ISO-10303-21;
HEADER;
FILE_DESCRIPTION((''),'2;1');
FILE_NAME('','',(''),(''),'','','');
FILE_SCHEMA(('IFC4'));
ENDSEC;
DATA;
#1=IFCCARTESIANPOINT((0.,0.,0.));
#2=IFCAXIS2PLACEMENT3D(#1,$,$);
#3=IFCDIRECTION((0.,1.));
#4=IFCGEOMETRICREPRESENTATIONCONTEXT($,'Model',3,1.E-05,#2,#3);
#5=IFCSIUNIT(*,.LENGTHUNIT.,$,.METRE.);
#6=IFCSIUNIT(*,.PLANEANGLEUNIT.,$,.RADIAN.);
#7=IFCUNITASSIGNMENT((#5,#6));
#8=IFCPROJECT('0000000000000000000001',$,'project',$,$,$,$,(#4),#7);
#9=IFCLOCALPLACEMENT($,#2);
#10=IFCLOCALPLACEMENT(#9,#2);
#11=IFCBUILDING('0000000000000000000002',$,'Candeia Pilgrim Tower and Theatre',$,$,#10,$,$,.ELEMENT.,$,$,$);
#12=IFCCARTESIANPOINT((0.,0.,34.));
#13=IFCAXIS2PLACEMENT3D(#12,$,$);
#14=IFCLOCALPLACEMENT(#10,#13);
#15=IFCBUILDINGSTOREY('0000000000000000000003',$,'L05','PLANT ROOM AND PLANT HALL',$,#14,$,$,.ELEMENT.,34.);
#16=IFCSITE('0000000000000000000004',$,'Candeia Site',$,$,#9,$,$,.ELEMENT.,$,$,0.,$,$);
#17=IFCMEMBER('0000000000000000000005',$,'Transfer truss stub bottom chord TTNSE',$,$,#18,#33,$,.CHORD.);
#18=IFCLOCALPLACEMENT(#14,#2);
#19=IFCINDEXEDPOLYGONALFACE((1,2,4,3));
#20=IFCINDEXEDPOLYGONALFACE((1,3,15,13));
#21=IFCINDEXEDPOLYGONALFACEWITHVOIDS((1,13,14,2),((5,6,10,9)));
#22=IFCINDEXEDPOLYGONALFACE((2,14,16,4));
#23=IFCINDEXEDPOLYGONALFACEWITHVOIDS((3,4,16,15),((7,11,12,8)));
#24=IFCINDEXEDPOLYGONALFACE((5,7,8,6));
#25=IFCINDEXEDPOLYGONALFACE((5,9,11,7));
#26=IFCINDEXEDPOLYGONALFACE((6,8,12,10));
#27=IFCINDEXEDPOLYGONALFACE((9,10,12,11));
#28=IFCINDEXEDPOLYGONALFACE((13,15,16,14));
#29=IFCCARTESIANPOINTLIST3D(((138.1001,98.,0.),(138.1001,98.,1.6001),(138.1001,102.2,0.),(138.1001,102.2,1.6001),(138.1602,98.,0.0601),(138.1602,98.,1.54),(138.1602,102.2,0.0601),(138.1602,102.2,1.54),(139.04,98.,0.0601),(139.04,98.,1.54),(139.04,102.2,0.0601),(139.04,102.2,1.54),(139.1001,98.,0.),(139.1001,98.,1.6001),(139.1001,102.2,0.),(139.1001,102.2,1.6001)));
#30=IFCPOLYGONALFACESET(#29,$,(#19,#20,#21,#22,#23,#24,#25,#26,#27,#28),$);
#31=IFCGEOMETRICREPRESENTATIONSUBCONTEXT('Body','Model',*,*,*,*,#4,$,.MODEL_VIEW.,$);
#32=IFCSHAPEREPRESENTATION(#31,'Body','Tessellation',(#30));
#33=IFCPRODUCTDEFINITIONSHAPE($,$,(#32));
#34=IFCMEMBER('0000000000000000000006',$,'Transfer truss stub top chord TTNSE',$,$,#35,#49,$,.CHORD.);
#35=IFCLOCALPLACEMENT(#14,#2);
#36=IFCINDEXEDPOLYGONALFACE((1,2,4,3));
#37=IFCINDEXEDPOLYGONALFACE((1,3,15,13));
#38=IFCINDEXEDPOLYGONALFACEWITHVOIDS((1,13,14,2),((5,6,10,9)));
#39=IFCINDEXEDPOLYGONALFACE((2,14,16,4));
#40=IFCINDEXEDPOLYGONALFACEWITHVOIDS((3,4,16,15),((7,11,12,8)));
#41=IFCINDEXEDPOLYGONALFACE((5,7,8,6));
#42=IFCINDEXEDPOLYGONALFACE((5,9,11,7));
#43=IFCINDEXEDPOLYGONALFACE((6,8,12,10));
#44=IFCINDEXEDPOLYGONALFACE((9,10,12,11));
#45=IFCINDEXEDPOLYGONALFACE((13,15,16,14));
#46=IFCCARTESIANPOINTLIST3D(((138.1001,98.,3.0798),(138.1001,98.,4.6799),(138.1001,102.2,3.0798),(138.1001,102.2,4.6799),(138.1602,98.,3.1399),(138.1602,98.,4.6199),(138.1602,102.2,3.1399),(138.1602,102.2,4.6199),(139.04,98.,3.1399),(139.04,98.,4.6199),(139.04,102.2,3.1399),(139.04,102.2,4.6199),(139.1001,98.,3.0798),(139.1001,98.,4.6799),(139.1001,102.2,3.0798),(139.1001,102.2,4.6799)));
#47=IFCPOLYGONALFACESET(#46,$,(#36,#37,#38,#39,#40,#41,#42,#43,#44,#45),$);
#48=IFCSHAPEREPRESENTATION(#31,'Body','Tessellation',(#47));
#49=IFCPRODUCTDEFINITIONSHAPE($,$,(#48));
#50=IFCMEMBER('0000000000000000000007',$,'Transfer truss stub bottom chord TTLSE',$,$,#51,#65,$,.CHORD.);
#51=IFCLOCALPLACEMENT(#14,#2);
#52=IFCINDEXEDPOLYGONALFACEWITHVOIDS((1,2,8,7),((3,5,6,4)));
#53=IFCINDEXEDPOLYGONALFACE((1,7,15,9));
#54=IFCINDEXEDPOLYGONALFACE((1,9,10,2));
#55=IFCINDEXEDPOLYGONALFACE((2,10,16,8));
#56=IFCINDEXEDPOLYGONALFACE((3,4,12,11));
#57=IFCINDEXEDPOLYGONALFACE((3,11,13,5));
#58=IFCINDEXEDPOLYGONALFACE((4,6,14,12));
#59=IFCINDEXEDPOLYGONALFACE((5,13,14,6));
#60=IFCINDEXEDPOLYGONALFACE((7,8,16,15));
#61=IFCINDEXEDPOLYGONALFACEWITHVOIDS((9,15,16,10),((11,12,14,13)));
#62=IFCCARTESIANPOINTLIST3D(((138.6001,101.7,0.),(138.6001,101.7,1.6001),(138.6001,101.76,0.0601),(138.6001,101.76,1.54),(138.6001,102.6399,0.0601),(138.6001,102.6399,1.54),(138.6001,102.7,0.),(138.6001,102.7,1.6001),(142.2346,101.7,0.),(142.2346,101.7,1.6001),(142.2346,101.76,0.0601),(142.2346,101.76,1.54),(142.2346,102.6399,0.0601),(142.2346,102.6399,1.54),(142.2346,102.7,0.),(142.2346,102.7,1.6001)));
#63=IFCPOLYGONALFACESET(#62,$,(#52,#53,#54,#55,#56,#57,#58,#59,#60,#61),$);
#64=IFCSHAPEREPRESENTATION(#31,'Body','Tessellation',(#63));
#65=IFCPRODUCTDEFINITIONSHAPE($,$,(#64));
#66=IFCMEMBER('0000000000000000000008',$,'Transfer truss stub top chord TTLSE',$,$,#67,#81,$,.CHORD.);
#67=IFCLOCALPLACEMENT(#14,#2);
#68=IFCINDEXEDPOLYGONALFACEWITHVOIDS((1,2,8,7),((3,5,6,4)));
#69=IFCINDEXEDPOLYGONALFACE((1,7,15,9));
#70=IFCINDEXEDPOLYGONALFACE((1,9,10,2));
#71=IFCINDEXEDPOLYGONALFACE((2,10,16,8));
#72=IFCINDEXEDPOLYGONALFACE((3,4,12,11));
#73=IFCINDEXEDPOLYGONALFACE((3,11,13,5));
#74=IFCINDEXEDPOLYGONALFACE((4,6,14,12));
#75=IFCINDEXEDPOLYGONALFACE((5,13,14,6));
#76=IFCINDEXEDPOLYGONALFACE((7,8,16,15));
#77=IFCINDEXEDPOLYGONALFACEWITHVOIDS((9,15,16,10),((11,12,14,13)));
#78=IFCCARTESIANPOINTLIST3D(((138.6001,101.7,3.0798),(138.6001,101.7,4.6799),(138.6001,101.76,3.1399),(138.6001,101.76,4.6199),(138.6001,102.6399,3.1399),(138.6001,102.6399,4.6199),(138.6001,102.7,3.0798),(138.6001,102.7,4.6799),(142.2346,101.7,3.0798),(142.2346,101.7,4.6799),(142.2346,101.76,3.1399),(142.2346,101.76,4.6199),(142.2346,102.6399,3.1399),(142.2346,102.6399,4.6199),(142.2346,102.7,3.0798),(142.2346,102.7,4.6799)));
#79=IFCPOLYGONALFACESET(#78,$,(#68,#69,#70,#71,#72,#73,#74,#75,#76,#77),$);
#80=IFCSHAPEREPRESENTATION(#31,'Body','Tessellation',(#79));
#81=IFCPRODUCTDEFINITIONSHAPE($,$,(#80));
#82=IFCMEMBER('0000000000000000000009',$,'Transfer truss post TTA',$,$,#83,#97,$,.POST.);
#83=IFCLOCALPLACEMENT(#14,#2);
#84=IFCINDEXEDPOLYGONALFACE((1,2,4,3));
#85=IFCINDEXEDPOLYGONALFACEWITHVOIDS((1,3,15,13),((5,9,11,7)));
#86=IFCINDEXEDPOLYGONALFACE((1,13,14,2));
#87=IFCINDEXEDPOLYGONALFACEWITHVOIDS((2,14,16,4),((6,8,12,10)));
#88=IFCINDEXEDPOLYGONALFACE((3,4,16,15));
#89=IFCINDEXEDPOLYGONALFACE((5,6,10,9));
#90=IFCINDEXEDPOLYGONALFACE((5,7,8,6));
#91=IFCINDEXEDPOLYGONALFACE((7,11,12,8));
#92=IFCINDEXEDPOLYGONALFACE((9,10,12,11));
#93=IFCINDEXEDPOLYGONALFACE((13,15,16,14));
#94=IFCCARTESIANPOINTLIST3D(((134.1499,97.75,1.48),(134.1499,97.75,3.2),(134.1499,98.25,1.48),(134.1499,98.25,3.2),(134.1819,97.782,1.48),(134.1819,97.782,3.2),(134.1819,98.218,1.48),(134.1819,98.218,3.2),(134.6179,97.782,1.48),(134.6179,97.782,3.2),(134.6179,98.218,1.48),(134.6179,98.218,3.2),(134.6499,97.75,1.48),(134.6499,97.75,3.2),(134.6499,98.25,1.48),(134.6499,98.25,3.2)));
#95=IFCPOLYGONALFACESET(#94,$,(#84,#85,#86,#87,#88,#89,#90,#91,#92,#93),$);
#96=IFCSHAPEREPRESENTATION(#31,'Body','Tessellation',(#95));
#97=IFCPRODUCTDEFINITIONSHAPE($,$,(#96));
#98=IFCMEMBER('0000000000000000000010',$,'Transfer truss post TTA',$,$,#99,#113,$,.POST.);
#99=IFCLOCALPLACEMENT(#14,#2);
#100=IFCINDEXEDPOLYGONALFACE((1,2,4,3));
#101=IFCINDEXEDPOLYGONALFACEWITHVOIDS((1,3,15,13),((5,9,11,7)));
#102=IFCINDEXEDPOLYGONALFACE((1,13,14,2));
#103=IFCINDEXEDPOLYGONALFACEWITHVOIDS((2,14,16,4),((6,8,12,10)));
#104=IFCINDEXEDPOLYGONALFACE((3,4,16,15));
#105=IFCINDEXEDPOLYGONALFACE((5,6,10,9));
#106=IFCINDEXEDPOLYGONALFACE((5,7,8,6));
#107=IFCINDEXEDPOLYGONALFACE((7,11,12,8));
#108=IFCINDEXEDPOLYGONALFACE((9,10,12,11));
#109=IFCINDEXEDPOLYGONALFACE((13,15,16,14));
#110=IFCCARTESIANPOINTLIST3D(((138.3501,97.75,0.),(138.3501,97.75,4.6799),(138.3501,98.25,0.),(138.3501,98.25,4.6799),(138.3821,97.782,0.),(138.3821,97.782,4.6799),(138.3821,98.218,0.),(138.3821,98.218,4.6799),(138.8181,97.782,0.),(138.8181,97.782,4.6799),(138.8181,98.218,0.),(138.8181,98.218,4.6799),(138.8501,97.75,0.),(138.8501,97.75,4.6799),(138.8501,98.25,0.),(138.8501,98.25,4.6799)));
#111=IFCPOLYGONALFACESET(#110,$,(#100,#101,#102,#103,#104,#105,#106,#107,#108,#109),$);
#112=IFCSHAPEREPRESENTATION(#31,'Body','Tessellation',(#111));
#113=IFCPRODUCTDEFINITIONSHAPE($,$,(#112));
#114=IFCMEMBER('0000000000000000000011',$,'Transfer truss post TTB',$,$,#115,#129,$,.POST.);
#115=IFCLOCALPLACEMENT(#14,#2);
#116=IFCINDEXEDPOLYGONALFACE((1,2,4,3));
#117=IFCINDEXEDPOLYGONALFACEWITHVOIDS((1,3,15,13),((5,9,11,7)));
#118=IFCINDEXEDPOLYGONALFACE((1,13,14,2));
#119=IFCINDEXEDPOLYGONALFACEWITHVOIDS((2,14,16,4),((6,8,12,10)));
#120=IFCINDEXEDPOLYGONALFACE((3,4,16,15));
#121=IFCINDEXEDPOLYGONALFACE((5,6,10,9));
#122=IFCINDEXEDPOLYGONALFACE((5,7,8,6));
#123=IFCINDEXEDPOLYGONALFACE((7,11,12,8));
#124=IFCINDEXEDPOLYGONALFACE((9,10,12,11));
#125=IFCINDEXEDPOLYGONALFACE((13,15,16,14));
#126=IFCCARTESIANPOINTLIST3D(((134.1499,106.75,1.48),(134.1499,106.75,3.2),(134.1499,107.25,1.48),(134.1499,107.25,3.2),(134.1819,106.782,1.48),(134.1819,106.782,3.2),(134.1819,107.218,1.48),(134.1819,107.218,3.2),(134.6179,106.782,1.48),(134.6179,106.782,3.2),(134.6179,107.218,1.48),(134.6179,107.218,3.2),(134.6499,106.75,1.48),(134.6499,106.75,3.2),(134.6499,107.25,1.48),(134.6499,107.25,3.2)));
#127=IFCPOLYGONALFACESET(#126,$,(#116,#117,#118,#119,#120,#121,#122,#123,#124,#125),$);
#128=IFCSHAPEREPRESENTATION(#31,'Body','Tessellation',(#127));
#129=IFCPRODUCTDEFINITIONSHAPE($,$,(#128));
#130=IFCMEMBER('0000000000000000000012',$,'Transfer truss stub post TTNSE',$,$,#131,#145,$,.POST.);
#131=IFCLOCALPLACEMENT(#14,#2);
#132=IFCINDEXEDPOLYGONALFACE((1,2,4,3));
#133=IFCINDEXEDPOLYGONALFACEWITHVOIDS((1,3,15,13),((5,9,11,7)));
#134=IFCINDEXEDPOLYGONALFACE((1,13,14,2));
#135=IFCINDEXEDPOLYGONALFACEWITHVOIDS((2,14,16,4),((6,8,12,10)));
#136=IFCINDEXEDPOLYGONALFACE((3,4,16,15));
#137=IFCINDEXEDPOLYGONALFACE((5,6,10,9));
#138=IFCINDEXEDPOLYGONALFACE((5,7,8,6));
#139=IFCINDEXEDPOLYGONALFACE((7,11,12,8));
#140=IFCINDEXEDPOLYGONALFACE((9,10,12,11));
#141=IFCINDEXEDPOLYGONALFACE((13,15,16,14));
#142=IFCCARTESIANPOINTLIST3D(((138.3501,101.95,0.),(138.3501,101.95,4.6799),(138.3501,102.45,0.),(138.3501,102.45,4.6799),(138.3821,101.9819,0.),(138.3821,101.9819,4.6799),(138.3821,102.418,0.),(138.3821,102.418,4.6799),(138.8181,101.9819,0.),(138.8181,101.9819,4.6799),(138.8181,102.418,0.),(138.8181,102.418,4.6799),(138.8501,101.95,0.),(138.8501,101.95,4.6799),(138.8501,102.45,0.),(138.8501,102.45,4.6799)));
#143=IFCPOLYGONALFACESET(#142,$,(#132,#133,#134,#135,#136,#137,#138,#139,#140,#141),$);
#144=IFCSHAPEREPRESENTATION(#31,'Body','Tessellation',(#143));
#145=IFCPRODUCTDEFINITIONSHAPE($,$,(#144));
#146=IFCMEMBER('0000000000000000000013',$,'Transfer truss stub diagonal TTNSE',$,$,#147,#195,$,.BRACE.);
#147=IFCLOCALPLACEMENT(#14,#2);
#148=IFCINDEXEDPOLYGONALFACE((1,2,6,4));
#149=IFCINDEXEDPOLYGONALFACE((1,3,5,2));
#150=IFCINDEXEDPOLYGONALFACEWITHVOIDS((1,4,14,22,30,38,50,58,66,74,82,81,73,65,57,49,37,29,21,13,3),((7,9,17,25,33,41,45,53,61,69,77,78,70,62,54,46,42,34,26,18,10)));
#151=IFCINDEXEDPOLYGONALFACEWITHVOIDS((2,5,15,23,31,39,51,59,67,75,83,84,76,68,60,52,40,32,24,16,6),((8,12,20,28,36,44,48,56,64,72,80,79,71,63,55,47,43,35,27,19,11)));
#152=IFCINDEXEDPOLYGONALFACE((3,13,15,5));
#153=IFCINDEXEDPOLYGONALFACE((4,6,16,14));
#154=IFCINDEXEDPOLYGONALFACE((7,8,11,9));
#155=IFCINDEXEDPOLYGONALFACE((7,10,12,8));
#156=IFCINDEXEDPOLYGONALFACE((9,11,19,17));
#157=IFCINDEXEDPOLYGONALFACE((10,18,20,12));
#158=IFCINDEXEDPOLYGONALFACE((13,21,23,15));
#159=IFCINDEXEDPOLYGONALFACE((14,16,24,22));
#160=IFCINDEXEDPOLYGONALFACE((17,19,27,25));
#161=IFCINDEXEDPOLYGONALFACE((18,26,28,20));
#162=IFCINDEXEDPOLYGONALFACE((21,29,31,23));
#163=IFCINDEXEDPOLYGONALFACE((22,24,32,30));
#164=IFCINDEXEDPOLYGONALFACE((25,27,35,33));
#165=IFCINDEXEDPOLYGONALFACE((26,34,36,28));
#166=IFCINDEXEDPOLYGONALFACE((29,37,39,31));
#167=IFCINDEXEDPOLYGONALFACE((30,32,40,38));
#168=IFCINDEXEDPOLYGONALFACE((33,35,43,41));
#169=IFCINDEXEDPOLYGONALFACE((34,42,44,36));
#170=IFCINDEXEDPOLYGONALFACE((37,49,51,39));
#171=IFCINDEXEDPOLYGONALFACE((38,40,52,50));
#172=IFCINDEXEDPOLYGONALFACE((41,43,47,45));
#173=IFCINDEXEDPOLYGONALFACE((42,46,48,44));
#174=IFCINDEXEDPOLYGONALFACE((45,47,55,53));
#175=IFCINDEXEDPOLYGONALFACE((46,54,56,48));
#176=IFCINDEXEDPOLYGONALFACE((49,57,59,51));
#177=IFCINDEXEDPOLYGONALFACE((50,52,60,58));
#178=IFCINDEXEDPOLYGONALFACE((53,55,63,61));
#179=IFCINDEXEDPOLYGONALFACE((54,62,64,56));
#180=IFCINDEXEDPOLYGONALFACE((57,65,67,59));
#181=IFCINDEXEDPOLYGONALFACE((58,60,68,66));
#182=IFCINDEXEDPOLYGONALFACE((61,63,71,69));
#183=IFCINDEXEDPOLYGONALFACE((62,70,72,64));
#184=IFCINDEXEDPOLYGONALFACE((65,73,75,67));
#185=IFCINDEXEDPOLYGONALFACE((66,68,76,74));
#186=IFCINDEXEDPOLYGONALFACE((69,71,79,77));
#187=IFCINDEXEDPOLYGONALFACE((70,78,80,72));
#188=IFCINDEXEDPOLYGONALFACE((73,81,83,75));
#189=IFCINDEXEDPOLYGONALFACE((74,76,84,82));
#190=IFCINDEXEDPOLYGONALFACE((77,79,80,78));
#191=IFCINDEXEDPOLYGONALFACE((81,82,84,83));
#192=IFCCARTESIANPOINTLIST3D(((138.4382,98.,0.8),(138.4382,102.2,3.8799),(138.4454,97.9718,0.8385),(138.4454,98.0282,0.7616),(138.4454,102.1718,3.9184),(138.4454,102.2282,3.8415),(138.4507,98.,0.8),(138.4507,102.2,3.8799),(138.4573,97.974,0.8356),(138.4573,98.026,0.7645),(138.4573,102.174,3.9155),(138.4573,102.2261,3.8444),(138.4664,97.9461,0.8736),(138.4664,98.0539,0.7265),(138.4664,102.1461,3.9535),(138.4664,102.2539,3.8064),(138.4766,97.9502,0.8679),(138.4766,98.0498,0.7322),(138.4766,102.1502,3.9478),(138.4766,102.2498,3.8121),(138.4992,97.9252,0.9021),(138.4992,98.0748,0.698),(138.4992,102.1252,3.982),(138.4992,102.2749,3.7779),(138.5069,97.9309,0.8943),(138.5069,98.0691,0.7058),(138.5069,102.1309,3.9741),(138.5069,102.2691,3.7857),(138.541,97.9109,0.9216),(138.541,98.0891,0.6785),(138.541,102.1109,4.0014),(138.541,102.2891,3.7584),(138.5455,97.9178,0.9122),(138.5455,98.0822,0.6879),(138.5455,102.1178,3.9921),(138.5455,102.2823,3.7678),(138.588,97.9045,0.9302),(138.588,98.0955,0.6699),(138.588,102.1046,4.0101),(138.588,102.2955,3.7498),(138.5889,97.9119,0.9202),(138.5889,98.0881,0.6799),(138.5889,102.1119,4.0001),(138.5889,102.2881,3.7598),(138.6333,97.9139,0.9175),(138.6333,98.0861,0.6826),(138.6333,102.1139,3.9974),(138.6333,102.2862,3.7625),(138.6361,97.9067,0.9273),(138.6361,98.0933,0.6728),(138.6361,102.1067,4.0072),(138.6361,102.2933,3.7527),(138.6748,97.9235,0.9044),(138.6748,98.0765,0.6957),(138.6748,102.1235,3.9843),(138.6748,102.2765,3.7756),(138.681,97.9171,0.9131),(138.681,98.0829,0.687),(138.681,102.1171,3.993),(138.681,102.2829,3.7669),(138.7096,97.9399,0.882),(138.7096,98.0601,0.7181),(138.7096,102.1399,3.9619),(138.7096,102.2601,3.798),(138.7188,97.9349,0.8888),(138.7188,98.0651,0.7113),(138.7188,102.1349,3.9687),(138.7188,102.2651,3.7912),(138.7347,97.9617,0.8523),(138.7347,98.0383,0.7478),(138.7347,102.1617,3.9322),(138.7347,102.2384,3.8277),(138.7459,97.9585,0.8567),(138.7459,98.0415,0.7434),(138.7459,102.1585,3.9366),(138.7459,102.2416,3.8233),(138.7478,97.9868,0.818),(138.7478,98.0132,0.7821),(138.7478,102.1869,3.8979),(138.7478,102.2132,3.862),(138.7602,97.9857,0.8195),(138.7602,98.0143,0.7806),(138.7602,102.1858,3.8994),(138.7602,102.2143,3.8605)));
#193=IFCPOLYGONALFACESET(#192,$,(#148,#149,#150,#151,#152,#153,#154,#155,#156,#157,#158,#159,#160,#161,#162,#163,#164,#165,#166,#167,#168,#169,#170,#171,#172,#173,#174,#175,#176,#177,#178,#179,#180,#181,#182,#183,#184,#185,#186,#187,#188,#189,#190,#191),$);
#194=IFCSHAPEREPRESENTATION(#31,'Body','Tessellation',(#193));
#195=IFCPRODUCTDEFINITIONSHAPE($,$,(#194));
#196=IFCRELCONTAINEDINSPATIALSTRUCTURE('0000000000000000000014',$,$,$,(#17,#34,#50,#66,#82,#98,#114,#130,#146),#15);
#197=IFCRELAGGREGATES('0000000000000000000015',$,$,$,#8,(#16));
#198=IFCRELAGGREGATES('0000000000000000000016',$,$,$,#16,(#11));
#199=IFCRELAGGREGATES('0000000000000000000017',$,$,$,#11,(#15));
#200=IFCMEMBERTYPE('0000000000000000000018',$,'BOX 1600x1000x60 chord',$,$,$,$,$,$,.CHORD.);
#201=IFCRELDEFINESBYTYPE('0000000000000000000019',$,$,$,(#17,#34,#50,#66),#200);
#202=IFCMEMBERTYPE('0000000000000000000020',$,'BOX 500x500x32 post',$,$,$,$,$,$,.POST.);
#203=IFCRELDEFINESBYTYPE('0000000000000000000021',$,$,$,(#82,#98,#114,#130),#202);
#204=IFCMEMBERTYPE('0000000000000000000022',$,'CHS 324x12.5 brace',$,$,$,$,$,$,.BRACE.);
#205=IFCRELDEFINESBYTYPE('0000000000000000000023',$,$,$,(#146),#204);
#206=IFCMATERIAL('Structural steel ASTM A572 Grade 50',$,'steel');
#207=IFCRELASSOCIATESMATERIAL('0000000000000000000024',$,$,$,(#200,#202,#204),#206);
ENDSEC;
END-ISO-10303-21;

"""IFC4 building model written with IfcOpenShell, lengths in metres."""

from ifc_helpers import new_model, si_unit, direction, frame, origin, origin_2d, place, context, subcontext, project, spatial, hollow_rectangle, hollow_circle, extrude, material, material_profile, profile_set, type_object, element, save


model = new_model("IFC4")

# Units and contexts
model_context = context("Model", 3, precision=1e-05, world=origin(), true_north=direction((0.0, 1.0)))
body_context = subcontext(model_context, "Body", "Model", "MODEL_VIEW")
ifc_project = project(units=[si_unit("LENGTHUNIT", "METRE"), si_unit("PLANEANGLEUNIT", "RADIAN")], contexts=[model_context])

# Site, building, storey
site_placement = place(None, origin())
site = spatial("IfcSite", under=ifc_project, at=site_placement, Name="Candeia Site", CompositionType="ELEMENT", RefElevation=0.0)
building_placement = place(site_placement, origin())
building = spatial("IfcBuilding", under=site, at=building_placement, Name="Candeia Pilgrim Tower and Theatre", CompositionType="ELEMENT")
storey_placement = place(building_placement, frame((0.0, 0.0, 34.0)))
storey = spatial("IfcBuildingStorey", under=building, at=storey_placement, Name="L05", Description="PLANT ROOM AND PLANT HALL", CompositionType="ELEMENT", Elevation=34.0)

# Members
ifc_material_1 = material(Name="Structural steel ASTM A572 Grade 50", Category="steel")
ifc_material_profile_1 = material_profile(ifc_material_1, hollow_rectangle(XDim=1.0, YDim=1.6001, WallThickness=0.0601, at=origin_2d()))
ifc_profile_set_1 = profile_set([ifc_material_profile_1], Name="Structural steel ASTM A572 Grade 50")
member_type_1 = type_object("IfcMemberType", Name="BOX 1600x1000x60 chord", PredefinedType="CHORD", material=ifc_profile_set_1)
for number, where, z_axis, x_axis, name in (
    (1, (138.6001, 98.0, 0.8), (0.0, 1.0, 0.0), (-1.0, 0.0, 0.0), "Transfer truss stub bottom chord TTNSE"),
    (2, (138.6001, 98.0, 3.8799), (0.0, 1.0, 0.0), (-1.0, 0.0, 0.0), "Transfer truss stub top chord TTNSE"),
):
    element("IfcMember", number, at=place(storey_placement, frame(where, z_axis=z_axis, x_axis=x_axis)), inside=storey, type_object=member_type_1, Name=name, PredefinedType="CHORD", context=body_context, shape_type="SweptSolid", body=[
        extrude(hollow_rectangle(XDim=1.0, YDim=1.6001, WallThickness=0.0601, at=origin_2d()), origin(), (0.0, 0.0, 1.0), 4.2),
    ])
for number, where, z_axis, x_axis, name in (
    (3, (138.6001, 102.2, 0.8), (1.0, 0.0, 0.0), (0.0, 1.0, 0.0), "Transfer truss stub bottom chord TTLSE"),
    (4, (138.6001, 102.2, 3.8799), (1.0, 0.0, 0.0), (0.0, 1.0, 0.0), "Transfer truss stub top chord TTLSE"),
):
    element("IfcMember", number, at=place(storey_placement, frame(where, z_axis=z_axis, x_axis=x_axis)), inside=storey, type_object=member_type_1, Name=name, PredefinedType="CHORD", context=body_context, shape_type="SweptSolid", body=[
        extrude(hollow_rectangle(XDim=1.0, YDim=1.6001, WallThickness=0.0601, at=origin_2d()), origin(), (0.0, 0.0, 1.0), 3.6345),
    ])
ifc_material_profile_2 = material_profile(ifc_material_1, hollow_rectangle(XDim=0.5, YDim=0.5, WallThickness=0.032, at=origin_2d()))
ifc_profile_set_2 = profile_set([ifc_material_profile_2], Name="Structural steel ASTM A572 Grade 50")
member_type_2 = type_object("IfcMemberType", Name="BOX 500x500x32 post", PredefinedType="POST", material=ifc_profile_set_2)
member_1_placement = place(storey_placement, frame((134.3999, 98.0, 1.48), z_axis=(0.0, 0.0, 1.0), x_axis=(1.0, 0.0, 0.0)))
element("IfcMember", 5, at=member_1_placement, inside=storey, type_object=member_type_2, Name="Transfer truss post TTA", PredefinedType="POST", context=body_context, shape_type="SweptSolid", body=[
    extrude(hollow_rectangle(XDim=0.5, YDim=0.5, WallThickness=0.032, at=origin_2d()), origin(), (0.0, 0.0, 1.0), 1.72),
])
member_2_placement = place(storey_placement, frame((138.6001, 98.0, 0.0), z_axis=(0.0, 0.0, 1.0), x_axis=(1.0, 0.0, 0.0)))
element("IfcMember", 6, at=member_2_placement, inside=storey, type_object=member_type_2, Name="Transfer truss post TTA", PredefinedType="POST", context=body_context, shape_type="SweptSolid", body=[
    extrude(hollow_rectangle(XDim=0.5, YDim=0.5, WallThickness=0.032, at=origin_2d()), origin(), (0.0, 0.0, 1.0), 4.6799),
])
member_3_placement = place(storey_placement, frame((134.3999, 107.0, 1.48), z_axis=(0.0, 0.0, 1.0), x_axis=(1.0, 0.0, 0.0)))
element("IfcMember", 7, at=member_3_placement, inside=storey, type_object=member_type_2, Name="Transfer truss post TTB", PredefinedType="POST", context=body_context, shape_type="SweptSolid", body=[
    extrude(hollow_rectangle(XDim=0.5, YDim=0.5, WallThickness=0.032, at=origin_2d()), origin(), (0.0, 0.0, 1.0), 1.72),
])
member_4_placement = place(storey_placement, frame((138.6001, 102.2, 0.0), z_axis=(0.0, 0.0, 1.0), x_axis=(1.0, 0.0, 0.0)))
element("IfcMember", 8, at=member_4_placement, inside=storey, type_object=member_type_2, Name="Transfer truss stub post TTNSE", PredefinedType="POST", context=body_context, shape_type="SweptSolid", body=[
    extrude(hollow_rectangle(XDim=0.5, YDim=0.5, WallThickness=0.032, at=origin_2d()), origin(), (0.0, 0.0, 1.0), 4.6799),
])
ifc_material_profile_3 = material_profile(ifc_material_1, hollow_circle(Radius=0.1619, WallThickness=0.0125, at=origin_2d()))
ifc_profile_set_3 = profile_set([ifc_material_profile_3], Name="Structural steel ASTM A572 Grade 50")
member_type_3 = type_object("IfcMemberType", Name="CHS 324x12.5 brace", PredefinedType="BRACE", material=ifc_profile_set_3)
member_5_placement = place(storey_placement, frame((138.6001, 98.0, 0.8), z_axis=(0.0, 0.806417, 0.591347), x_axis=(-1.0, 0.0, 0.0)))
element("IfcMember", 9, at=member_5_placement, inside=storey, type_object=member_type_3, Name="Transfer truss stub diagonal TTNSE", PredefinedType="BRACE", context=body_context, shape_type="SweptSolid", body=[
    extrude(hollow_circle(Radius=0.1619, WallThickness=0.0125, at=origin_2d()), origin(), (0.0, 0.0, 1.0), 5.2083),
])

save(model, "model.ifc")
